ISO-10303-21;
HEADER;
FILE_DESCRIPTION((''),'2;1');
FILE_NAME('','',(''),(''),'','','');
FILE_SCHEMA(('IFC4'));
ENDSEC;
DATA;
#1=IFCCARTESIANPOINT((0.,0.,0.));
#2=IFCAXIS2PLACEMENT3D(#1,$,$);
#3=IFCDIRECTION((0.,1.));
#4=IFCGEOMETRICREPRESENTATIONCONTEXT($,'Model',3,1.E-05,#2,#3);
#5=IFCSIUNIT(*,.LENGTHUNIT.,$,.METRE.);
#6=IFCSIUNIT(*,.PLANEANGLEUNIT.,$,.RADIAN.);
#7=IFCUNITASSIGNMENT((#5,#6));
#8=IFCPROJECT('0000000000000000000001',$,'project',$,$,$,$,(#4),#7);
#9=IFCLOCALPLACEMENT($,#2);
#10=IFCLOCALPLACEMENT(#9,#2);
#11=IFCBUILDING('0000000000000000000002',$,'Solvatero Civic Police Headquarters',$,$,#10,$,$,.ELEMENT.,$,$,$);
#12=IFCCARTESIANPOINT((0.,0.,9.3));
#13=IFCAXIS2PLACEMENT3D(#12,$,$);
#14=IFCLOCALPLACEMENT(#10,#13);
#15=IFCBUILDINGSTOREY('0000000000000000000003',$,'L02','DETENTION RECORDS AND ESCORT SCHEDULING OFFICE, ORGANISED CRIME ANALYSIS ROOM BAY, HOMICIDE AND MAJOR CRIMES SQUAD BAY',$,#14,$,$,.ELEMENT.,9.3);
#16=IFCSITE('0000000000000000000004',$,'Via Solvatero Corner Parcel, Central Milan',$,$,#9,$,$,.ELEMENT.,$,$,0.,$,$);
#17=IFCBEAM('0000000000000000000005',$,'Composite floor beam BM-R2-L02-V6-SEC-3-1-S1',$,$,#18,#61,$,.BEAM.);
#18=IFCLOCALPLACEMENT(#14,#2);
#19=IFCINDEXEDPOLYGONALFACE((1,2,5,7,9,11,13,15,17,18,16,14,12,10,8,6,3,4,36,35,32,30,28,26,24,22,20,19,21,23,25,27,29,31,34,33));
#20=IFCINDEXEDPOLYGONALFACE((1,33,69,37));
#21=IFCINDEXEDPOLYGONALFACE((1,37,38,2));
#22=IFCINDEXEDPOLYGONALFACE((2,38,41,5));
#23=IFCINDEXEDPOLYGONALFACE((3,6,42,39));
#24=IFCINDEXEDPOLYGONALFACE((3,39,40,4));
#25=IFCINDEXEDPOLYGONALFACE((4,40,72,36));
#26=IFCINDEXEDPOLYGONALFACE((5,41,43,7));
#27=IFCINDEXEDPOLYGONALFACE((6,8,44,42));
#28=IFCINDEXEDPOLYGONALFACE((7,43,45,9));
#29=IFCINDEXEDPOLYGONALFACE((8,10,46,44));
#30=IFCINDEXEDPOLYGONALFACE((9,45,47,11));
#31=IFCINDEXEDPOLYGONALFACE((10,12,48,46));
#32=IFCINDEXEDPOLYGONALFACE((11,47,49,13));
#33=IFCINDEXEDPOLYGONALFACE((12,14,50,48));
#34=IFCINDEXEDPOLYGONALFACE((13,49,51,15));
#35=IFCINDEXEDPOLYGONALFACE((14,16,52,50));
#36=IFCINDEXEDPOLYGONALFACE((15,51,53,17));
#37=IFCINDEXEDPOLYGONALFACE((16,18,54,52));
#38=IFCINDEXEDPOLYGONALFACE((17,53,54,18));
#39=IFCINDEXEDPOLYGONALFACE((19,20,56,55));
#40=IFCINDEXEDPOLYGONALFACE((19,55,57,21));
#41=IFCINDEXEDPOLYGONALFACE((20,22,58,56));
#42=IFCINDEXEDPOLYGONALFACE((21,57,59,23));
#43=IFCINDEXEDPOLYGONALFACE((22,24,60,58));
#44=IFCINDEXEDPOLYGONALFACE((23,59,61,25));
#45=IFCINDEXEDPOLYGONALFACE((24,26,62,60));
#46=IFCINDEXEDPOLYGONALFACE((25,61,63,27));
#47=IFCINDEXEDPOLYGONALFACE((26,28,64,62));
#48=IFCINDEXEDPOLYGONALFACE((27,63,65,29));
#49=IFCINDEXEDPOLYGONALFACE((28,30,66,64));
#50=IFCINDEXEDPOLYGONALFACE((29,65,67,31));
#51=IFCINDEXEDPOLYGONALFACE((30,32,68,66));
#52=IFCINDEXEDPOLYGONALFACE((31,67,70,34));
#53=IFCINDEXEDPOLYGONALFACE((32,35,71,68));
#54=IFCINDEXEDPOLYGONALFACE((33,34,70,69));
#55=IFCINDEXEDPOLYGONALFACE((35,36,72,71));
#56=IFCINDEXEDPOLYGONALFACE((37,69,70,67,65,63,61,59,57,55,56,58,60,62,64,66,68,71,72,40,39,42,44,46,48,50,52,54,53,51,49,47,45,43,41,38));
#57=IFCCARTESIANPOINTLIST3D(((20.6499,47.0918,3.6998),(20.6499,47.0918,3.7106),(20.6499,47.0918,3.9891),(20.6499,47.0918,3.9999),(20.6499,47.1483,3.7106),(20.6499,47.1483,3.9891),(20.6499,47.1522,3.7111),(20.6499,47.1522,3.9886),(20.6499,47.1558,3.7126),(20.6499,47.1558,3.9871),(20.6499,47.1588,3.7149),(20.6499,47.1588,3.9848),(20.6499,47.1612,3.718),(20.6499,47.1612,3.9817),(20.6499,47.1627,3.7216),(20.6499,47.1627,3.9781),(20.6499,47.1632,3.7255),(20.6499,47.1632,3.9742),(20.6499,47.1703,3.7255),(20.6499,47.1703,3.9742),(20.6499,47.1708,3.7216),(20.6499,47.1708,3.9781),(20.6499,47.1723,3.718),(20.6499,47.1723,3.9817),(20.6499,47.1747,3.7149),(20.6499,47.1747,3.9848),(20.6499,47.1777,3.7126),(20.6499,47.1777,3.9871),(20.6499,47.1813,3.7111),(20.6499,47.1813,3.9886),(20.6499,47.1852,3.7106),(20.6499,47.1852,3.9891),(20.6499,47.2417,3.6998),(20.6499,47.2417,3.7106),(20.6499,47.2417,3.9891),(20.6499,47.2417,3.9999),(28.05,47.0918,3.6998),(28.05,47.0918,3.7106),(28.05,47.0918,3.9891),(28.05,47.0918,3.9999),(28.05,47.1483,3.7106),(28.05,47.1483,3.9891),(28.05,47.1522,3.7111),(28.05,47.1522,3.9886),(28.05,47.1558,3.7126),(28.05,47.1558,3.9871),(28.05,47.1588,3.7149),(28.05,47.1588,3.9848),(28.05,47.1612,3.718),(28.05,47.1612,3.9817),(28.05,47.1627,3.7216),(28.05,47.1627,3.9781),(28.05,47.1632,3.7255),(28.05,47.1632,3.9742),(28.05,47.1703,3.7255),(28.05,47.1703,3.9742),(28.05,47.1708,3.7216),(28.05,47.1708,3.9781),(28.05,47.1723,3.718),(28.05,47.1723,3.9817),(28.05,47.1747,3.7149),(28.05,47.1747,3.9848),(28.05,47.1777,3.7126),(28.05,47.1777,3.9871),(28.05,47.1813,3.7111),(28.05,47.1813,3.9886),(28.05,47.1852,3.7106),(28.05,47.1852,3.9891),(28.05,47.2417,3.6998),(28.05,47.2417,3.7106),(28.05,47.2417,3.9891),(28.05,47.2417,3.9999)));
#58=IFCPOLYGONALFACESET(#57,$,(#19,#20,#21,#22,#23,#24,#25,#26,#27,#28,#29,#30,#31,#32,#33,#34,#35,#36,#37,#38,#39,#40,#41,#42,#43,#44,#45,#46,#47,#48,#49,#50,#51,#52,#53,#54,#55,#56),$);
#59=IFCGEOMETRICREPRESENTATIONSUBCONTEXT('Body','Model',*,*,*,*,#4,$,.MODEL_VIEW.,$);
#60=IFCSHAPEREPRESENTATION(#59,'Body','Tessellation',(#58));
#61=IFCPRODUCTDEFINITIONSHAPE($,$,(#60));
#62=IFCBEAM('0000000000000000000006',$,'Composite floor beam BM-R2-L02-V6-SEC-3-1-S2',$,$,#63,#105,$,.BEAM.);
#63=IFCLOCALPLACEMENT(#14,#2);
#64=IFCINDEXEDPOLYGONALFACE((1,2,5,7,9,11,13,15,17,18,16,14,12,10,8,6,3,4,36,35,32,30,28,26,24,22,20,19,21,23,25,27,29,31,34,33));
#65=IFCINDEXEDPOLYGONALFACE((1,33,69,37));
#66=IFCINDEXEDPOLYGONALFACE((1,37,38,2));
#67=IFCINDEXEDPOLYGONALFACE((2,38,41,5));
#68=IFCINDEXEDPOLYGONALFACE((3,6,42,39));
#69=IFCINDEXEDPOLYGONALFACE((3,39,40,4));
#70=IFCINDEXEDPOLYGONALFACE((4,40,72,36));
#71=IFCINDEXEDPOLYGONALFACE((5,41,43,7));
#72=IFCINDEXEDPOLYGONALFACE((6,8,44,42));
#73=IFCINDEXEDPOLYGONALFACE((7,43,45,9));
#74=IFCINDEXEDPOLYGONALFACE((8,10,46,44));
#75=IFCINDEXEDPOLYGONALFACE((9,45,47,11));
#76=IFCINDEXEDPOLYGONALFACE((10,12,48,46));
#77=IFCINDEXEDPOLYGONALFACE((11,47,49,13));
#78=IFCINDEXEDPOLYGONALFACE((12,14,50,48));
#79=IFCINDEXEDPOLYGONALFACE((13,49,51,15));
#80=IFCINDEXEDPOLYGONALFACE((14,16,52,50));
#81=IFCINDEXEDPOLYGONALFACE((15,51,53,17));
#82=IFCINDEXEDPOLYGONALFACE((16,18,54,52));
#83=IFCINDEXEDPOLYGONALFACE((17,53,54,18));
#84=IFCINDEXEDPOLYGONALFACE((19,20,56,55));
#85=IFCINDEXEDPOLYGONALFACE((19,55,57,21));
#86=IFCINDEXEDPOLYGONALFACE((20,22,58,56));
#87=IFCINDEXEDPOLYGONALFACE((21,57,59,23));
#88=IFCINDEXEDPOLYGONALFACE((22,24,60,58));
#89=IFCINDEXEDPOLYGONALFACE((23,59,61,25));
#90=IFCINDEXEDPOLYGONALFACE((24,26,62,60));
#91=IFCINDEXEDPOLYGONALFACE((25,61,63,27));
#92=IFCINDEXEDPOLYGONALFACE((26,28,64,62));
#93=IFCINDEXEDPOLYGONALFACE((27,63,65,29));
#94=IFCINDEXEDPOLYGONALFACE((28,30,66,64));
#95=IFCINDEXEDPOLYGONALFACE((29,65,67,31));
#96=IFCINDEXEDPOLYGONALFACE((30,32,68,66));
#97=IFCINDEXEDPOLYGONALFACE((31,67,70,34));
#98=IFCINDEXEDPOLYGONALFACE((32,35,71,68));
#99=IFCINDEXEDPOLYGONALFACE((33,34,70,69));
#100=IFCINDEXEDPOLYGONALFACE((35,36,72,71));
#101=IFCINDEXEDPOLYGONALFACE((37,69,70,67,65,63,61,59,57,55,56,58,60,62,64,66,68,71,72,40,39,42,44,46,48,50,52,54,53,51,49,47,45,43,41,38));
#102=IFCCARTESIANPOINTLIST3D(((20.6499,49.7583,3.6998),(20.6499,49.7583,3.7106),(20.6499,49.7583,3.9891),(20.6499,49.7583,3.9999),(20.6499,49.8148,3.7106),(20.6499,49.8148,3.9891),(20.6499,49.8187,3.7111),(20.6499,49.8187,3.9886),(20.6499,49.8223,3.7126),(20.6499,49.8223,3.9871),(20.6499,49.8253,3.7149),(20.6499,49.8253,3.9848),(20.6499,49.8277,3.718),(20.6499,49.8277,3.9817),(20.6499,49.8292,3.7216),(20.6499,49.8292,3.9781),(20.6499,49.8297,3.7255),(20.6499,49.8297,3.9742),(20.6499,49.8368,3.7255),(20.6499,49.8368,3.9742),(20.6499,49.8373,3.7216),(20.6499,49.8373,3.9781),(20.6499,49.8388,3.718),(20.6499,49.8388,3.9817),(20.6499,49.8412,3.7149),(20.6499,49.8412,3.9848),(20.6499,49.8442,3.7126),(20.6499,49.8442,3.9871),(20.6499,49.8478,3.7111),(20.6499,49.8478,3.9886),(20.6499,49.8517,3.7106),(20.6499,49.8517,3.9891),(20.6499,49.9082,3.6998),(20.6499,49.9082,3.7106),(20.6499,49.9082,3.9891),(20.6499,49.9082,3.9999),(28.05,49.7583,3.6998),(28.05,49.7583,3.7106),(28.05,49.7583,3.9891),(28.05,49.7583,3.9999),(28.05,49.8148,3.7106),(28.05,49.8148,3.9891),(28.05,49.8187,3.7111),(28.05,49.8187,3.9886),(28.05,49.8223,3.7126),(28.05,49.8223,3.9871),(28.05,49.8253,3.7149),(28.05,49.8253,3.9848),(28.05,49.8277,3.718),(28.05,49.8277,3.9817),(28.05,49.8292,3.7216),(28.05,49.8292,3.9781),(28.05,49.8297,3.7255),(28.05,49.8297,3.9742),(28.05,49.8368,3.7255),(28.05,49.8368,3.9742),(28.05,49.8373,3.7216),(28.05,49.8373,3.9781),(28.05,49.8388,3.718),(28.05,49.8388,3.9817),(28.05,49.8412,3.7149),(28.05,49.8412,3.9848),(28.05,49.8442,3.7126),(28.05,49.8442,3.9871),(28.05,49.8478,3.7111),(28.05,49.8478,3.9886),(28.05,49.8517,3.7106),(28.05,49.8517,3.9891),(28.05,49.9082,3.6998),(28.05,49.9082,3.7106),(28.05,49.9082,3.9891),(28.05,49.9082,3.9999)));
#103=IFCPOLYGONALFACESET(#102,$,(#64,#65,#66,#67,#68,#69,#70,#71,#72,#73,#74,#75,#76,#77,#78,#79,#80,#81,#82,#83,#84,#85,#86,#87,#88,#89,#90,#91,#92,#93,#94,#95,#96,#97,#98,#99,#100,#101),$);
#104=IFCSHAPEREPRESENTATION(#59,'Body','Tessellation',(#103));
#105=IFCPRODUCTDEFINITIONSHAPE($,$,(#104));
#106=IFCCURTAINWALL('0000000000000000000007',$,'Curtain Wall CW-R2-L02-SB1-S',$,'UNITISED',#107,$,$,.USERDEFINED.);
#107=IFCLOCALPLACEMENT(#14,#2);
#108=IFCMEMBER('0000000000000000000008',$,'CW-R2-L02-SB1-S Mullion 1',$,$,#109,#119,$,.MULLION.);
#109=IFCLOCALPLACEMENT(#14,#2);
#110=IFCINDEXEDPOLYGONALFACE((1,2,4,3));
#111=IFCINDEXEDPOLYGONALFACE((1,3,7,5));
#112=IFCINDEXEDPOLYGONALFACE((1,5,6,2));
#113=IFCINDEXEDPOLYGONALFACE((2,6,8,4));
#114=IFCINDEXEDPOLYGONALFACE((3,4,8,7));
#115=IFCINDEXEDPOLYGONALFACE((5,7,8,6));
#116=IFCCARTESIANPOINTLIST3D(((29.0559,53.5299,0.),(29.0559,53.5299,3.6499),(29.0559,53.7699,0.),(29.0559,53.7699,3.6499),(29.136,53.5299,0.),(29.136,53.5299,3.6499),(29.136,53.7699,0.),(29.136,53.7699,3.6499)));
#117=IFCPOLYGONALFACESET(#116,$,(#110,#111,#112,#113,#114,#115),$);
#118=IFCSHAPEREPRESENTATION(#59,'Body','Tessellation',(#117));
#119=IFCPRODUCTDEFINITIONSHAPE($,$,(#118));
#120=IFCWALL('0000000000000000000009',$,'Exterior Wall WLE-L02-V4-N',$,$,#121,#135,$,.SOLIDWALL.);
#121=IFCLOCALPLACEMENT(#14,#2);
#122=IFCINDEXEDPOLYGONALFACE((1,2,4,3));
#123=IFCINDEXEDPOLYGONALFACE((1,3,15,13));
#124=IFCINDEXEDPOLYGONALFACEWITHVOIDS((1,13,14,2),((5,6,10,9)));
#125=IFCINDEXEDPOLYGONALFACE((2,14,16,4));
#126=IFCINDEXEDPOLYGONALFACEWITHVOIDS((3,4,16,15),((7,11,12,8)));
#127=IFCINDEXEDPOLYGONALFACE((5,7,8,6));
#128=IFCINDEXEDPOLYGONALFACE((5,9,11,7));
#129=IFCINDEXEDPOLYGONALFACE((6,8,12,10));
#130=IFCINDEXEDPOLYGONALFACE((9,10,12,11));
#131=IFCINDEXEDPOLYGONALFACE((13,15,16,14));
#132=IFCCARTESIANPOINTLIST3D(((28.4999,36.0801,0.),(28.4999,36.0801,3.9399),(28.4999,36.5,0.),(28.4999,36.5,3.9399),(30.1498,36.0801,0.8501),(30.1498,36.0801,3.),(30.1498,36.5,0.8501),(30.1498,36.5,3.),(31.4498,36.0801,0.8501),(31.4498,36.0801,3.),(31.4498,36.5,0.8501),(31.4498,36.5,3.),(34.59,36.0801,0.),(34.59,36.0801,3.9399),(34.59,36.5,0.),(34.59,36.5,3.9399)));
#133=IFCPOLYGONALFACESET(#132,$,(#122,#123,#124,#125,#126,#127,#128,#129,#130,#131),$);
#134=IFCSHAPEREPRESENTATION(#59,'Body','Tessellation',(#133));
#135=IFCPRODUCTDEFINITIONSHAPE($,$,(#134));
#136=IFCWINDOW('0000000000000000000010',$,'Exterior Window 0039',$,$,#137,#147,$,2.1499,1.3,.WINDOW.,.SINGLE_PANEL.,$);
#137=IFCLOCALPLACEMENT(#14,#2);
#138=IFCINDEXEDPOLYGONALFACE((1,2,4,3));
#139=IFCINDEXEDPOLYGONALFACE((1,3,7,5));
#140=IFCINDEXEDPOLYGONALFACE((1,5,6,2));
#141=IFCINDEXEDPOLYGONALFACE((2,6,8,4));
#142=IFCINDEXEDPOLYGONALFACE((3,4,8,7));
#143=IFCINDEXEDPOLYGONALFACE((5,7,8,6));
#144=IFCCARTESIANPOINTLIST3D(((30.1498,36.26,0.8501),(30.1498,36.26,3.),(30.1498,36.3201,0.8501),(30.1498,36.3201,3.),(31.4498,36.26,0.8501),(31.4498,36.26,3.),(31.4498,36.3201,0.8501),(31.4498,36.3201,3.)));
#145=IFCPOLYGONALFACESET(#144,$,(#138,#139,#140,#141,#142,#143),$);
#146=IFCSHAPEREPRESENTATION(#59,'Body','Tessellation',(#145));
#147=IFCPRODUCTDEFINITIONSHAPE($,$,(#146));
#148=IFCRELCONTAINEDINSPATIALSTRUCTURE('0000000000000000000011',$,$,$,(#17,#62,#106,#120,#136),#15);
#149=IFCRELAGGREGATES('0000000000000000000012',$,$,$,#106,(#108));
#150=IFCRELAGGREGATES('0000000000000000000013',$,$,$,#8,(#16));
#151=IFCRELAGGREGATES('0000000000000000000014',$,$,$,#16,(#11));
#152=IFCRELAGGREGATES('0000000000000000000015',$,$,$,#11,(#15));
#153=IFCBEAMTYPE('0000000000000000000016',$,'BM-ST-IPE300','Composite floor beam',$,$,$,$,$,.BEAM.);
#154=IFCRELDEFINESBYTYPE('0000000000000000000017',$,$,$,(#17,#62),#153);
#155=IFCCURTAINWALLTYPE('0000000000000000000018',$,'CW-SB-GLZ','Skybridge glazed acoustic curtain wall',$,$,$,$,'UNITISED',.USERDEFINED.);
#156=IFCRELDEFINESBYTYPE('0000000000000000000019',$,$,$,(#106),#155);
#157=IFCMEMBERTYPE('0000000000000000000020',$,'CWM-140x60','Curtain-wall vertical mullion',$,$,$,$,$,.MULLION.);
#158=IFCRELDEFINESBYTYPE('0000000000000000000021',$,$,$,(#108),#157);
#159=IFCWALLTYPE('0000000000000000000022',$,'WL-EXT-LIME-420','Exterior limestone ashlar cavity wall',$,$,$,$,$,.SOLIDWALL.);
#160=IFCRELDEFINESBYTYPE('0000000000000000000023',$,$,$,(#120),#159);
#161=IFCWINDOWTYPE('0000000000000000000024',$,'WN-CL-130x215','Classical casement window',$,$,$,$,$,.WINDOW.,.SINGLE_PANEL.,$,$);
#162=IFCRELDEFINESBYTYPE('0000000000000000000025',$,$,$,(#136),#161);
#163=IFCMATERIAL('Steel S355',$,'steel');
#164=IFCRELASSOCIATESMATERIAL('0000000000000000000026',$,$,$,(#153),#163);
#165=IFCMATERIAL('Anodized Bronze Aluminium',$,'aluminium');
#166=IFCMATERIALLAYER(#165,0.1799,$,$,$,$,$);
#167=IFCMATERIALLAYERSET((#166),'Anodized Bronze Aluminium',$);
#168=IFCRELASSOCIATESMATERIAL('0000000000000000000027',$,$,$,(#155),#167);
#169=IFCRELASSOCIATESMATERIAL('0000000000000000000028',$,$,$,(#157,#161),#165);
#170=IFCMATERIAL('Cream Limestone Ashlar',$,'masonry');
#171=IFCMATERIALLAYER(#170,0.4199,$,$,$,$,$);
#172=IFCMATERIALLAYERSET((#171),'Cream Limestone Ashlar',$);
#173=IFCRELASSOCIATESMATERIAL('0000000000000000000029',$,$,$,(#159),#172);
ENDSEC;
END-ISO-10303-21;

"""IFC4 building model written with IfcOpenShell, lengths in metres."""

from ifc_helpers import new_model, si_unit, direction, frame, frame_2d, origin, origin_2d, place, context, subcontext, project, spatial, rectangle, i_section, extrude, material, layer, layer_set, material_profile, profile_set, type_object, element, fill, aggregate, save


model = new_model("IFC4")

# Units and contexts
model_context = context("Model", 3, precision=1e-05, world=origin(), true_north=direction((0.0, 1.0)))
body_context = subcontext(model_context, "Body", "Model", "MODEL_VIEW")
ifc_project = project(units=[si_unit("LENGTHUNIT", "METRE"), si_unit("PLANEANGLEUNIT", "RADIAN")], contexts=[model_context])

# Site, building, storey
site_placement = place(None, origin())
site = spatial("IfcSite", under=ifc_project, at=site_placement, Name="Via Solvatero Corner Parcel, Central Milan", CompositionType="ELEMENT", RefElevation=0.0)
building_placement = place(site_placement, origin())
building = spatial("IfcBuilding", under=site, at=building_placement, Name="Solvatero Civic Police Headquarters", CompositionType="ELEMENT")
storey_placement = place(building_placement, frame((0.0, 0.0, 9.3)))
storey = spatial("IfcBuildingStorey", under=building, at=storey_placement, Name="L02", Description="DETENTION RECORDS AND ESCORT SCHEDULING OFFICE, ORGANISED CRIME ANALYSIS ROOM BAY, HOMICIDE AND MAJOR CRIMES SQUAD BAY", CompositionType="ELEMENT", Elevation=9.3)

# Shared definitions
ifc_material_1 = material(Name="Steel S355", Category="steel")

# Beams
ifc_material_profile_1 = material_profile(ifc_material_1, i_section(OverallWidth=0.1499, OverallDepth=0.3, WebThickness=0.0071, FlangeThickness=0.0107, FilletRadius=0.0149, at=origin_2d()), Name="IPE 300")
ifc_profile_set_1 = profile_set([ifc_material_profile_1], Name="Steel S355")
beam_type_1 = type_object("IfcBeamType", Name="BM-ST-IPE300", Description="Composite floor beam", PredefinedType="BEAM", material=ifc_profile_set_1)
for number, where, z_axis, x_axis, name in (
    (1, (20.6499, 47.1667, 3.8499), (1.0, 0.0, 0.0), (0.0, 1.0, 0.0), "Composite floor beam BM-R2-L02-V6-SEC-3-1-S1"),
    (2, (20.6499, 49.8333, 3.8499), (1.0, 0.0, 0.0), (0.0, 1.0, 0.0), "Composite floor beam BM-R2-L02-V6-SEC-3-1-S2"),
):
    element("IfcBeam", number, at=place(storey_placement, frame(where, z_axis=z_axis, x_axis=x_axis)), inside=storey, type_object=beam_type_1, Name=name, PredefinedType="BEAM", context=body_context, shape_type="SweptSolid", body=[
        extrude(i_section(OverallWidth=0.1499, OverallDepth=0.3, WebThickness=0.0071, FlangeThickness=0.0107, FilletRadius=0.0149, at=origin_2d()), origin(), (0.0, 0.0, 1.0), 7.4001),
    ])

# Curtain wall, member
ifc_material_2 = material(Name="Anodized Bronze Aluminium", Category="aluminium")
ifc_layer_1 = layer(ifc_material_2, 0.1799)
ifc_layer_set_1 = layer_set([ifc_layer_1], Name="Anodized Bronze Aluminium")
curtain_wall_type = type_object("IfcCurtainWallType", Name="CW-SB-GLZ", Description="Skybridge glazed acoustic curtain wall", ElementType="UNITISED", PredefinedType="USERDEFINED", material=ifc_layer_set_1)
curtain_wall_placement = place(storey_placement, origin())
curtain_wall = element("IfcCurtainWall", 3, at=curtain_wall_placement, inside=storey, type_object=curtain_wall_type, Name="Curtain Wall CW-R2-L02-SB1-S", ObjectType="UNITISED", PredefinedType="USERDEFINED")
ifc_material_profile_2 = material_profile(ifc_material_2, rectangle(XDim=0.0801, YDim=0.24, at=origin_2d()), Name="ALU MULLION 80x240")
ifc_profile_set_2 = profile_set([ifc_material_profile_2], Name="Anodized Bronze Aluminium")
member_type = type_object("IfcMemberType", Name="CWM-140x60", Description="Curtain-wall vertical mullion", PredefinedType="MULLION", material=ifc_profile_set_2)
member_placement = place(storey_placement, frame((29.0959, 53.6499, 0.0), z_axis=(0.0, 0.0, 1.0), x_axis=(1.0, 0.0, 0.0)))
member = element("IfcMember", 4, at=member_placement, type_object=member_type, Name="CW-R2-L02-SB1-S Mullion 1", PredefinedType="MULLION", context=body_context, shape_type="SweptSolid", body=[
    extrude(rectangle(XDim=0.0801, YDim=0.24, at=origin_2d()), origin(), (0.0, 0.0, 1.0), 3.6499),
])
aggregate(curtain_wall, [member])

# Wall, opening, window
ifc_material_3 = material(Name="Cream Limestone Ashlar", Category="masonry")
ifc_layer_2 = layer(ifc_material_3, 0.4199)
ifc_layer_set_2 = layer_set([ifc_layer_2], Name="Cream Limestone Ashlar")
wall_type_1 = type_object("IfcWallType", Name="WL-EXT-LIME-420", Description="Exterior limestone ashlar cavity wall", PredefinedType="SOLIDWALL", material=ifc_layer_set_2)
wall_1_placement = place(storey_placement, frame((28.5, 36.29, 0.0), z_axis=(0.0, 0.0, 1.0), x_axis=(1.0, 0.0, 0.0)))
wall_1 = element("IfcWall", 5, at=wall_1_placement, inside=storey, type_object=wall_type_1, Name="Exterior Wall WLE-L02-V4-N", PredefinedType="SOLIDWALL", context=body_context, shape_type="SweptSolid", body=[
    extrude(rectangle(XDim=6.0901, YDim=0.4199, at=frame_2d((3.0449, 0.0))), origin(), (0.0, 0.0, 1.0), 3.9399),
])
opening_1_placement = place(wall_1_placement, frame((1.6499, 0.0, 0.8501)))
opening_1 = element("IfcOpeningElement", 6, at=opening_1_placement, cuts=wall_1, PredefinedType="OPENING", context=body_context, shape_type="SweptSolid", body=[
    extrude(rectangle(XDim=1.3, YDim=2.1499, at=frame_2d((0.6499, 1.075))), frame((0.0, 0.22, 0.0), z_axis=(0.0, -1.0, 0.0), x_axis=(1.0, 0.0, 0.0)), (0.0, 0.0, 1.0), 0.4399),
])
window_type_1 = type_object("IfcWindowType", Name="WN-CL-130x215", Description="Classical casement window", PartitioningType="SINGLE_PANEL", PredefinedType="WINDOW", material=ifc_material_2)
window_1_placement = place(opening_1_placement, origin())
window_1 = element("IfcWindow", 7, at=window_1_placement, inside=storey, type_object=window_type_1, Name="Exterior Window 0039", OverallHeight=2.1499, OverallWidth=1.3, PartitioningType="SINGLE_PANEL", PredefinedType="WINDOW", context=body_context, shape_type="SweptSolid", body=[
    extrude(rectangle(XDim=1.3, YDim=2.1499, at=frame_2d((0.6499, 1.075))), frame((0.0, 0.03, 0.0), z_axis=(0.0, -1.0, 0.0), x_axis=(1.0, 0.0, 0.0)), (0.0, 0.0, 1.0), 0.0601),
])
fill(opening_1, window_1)

save(model, "model.ifc")
